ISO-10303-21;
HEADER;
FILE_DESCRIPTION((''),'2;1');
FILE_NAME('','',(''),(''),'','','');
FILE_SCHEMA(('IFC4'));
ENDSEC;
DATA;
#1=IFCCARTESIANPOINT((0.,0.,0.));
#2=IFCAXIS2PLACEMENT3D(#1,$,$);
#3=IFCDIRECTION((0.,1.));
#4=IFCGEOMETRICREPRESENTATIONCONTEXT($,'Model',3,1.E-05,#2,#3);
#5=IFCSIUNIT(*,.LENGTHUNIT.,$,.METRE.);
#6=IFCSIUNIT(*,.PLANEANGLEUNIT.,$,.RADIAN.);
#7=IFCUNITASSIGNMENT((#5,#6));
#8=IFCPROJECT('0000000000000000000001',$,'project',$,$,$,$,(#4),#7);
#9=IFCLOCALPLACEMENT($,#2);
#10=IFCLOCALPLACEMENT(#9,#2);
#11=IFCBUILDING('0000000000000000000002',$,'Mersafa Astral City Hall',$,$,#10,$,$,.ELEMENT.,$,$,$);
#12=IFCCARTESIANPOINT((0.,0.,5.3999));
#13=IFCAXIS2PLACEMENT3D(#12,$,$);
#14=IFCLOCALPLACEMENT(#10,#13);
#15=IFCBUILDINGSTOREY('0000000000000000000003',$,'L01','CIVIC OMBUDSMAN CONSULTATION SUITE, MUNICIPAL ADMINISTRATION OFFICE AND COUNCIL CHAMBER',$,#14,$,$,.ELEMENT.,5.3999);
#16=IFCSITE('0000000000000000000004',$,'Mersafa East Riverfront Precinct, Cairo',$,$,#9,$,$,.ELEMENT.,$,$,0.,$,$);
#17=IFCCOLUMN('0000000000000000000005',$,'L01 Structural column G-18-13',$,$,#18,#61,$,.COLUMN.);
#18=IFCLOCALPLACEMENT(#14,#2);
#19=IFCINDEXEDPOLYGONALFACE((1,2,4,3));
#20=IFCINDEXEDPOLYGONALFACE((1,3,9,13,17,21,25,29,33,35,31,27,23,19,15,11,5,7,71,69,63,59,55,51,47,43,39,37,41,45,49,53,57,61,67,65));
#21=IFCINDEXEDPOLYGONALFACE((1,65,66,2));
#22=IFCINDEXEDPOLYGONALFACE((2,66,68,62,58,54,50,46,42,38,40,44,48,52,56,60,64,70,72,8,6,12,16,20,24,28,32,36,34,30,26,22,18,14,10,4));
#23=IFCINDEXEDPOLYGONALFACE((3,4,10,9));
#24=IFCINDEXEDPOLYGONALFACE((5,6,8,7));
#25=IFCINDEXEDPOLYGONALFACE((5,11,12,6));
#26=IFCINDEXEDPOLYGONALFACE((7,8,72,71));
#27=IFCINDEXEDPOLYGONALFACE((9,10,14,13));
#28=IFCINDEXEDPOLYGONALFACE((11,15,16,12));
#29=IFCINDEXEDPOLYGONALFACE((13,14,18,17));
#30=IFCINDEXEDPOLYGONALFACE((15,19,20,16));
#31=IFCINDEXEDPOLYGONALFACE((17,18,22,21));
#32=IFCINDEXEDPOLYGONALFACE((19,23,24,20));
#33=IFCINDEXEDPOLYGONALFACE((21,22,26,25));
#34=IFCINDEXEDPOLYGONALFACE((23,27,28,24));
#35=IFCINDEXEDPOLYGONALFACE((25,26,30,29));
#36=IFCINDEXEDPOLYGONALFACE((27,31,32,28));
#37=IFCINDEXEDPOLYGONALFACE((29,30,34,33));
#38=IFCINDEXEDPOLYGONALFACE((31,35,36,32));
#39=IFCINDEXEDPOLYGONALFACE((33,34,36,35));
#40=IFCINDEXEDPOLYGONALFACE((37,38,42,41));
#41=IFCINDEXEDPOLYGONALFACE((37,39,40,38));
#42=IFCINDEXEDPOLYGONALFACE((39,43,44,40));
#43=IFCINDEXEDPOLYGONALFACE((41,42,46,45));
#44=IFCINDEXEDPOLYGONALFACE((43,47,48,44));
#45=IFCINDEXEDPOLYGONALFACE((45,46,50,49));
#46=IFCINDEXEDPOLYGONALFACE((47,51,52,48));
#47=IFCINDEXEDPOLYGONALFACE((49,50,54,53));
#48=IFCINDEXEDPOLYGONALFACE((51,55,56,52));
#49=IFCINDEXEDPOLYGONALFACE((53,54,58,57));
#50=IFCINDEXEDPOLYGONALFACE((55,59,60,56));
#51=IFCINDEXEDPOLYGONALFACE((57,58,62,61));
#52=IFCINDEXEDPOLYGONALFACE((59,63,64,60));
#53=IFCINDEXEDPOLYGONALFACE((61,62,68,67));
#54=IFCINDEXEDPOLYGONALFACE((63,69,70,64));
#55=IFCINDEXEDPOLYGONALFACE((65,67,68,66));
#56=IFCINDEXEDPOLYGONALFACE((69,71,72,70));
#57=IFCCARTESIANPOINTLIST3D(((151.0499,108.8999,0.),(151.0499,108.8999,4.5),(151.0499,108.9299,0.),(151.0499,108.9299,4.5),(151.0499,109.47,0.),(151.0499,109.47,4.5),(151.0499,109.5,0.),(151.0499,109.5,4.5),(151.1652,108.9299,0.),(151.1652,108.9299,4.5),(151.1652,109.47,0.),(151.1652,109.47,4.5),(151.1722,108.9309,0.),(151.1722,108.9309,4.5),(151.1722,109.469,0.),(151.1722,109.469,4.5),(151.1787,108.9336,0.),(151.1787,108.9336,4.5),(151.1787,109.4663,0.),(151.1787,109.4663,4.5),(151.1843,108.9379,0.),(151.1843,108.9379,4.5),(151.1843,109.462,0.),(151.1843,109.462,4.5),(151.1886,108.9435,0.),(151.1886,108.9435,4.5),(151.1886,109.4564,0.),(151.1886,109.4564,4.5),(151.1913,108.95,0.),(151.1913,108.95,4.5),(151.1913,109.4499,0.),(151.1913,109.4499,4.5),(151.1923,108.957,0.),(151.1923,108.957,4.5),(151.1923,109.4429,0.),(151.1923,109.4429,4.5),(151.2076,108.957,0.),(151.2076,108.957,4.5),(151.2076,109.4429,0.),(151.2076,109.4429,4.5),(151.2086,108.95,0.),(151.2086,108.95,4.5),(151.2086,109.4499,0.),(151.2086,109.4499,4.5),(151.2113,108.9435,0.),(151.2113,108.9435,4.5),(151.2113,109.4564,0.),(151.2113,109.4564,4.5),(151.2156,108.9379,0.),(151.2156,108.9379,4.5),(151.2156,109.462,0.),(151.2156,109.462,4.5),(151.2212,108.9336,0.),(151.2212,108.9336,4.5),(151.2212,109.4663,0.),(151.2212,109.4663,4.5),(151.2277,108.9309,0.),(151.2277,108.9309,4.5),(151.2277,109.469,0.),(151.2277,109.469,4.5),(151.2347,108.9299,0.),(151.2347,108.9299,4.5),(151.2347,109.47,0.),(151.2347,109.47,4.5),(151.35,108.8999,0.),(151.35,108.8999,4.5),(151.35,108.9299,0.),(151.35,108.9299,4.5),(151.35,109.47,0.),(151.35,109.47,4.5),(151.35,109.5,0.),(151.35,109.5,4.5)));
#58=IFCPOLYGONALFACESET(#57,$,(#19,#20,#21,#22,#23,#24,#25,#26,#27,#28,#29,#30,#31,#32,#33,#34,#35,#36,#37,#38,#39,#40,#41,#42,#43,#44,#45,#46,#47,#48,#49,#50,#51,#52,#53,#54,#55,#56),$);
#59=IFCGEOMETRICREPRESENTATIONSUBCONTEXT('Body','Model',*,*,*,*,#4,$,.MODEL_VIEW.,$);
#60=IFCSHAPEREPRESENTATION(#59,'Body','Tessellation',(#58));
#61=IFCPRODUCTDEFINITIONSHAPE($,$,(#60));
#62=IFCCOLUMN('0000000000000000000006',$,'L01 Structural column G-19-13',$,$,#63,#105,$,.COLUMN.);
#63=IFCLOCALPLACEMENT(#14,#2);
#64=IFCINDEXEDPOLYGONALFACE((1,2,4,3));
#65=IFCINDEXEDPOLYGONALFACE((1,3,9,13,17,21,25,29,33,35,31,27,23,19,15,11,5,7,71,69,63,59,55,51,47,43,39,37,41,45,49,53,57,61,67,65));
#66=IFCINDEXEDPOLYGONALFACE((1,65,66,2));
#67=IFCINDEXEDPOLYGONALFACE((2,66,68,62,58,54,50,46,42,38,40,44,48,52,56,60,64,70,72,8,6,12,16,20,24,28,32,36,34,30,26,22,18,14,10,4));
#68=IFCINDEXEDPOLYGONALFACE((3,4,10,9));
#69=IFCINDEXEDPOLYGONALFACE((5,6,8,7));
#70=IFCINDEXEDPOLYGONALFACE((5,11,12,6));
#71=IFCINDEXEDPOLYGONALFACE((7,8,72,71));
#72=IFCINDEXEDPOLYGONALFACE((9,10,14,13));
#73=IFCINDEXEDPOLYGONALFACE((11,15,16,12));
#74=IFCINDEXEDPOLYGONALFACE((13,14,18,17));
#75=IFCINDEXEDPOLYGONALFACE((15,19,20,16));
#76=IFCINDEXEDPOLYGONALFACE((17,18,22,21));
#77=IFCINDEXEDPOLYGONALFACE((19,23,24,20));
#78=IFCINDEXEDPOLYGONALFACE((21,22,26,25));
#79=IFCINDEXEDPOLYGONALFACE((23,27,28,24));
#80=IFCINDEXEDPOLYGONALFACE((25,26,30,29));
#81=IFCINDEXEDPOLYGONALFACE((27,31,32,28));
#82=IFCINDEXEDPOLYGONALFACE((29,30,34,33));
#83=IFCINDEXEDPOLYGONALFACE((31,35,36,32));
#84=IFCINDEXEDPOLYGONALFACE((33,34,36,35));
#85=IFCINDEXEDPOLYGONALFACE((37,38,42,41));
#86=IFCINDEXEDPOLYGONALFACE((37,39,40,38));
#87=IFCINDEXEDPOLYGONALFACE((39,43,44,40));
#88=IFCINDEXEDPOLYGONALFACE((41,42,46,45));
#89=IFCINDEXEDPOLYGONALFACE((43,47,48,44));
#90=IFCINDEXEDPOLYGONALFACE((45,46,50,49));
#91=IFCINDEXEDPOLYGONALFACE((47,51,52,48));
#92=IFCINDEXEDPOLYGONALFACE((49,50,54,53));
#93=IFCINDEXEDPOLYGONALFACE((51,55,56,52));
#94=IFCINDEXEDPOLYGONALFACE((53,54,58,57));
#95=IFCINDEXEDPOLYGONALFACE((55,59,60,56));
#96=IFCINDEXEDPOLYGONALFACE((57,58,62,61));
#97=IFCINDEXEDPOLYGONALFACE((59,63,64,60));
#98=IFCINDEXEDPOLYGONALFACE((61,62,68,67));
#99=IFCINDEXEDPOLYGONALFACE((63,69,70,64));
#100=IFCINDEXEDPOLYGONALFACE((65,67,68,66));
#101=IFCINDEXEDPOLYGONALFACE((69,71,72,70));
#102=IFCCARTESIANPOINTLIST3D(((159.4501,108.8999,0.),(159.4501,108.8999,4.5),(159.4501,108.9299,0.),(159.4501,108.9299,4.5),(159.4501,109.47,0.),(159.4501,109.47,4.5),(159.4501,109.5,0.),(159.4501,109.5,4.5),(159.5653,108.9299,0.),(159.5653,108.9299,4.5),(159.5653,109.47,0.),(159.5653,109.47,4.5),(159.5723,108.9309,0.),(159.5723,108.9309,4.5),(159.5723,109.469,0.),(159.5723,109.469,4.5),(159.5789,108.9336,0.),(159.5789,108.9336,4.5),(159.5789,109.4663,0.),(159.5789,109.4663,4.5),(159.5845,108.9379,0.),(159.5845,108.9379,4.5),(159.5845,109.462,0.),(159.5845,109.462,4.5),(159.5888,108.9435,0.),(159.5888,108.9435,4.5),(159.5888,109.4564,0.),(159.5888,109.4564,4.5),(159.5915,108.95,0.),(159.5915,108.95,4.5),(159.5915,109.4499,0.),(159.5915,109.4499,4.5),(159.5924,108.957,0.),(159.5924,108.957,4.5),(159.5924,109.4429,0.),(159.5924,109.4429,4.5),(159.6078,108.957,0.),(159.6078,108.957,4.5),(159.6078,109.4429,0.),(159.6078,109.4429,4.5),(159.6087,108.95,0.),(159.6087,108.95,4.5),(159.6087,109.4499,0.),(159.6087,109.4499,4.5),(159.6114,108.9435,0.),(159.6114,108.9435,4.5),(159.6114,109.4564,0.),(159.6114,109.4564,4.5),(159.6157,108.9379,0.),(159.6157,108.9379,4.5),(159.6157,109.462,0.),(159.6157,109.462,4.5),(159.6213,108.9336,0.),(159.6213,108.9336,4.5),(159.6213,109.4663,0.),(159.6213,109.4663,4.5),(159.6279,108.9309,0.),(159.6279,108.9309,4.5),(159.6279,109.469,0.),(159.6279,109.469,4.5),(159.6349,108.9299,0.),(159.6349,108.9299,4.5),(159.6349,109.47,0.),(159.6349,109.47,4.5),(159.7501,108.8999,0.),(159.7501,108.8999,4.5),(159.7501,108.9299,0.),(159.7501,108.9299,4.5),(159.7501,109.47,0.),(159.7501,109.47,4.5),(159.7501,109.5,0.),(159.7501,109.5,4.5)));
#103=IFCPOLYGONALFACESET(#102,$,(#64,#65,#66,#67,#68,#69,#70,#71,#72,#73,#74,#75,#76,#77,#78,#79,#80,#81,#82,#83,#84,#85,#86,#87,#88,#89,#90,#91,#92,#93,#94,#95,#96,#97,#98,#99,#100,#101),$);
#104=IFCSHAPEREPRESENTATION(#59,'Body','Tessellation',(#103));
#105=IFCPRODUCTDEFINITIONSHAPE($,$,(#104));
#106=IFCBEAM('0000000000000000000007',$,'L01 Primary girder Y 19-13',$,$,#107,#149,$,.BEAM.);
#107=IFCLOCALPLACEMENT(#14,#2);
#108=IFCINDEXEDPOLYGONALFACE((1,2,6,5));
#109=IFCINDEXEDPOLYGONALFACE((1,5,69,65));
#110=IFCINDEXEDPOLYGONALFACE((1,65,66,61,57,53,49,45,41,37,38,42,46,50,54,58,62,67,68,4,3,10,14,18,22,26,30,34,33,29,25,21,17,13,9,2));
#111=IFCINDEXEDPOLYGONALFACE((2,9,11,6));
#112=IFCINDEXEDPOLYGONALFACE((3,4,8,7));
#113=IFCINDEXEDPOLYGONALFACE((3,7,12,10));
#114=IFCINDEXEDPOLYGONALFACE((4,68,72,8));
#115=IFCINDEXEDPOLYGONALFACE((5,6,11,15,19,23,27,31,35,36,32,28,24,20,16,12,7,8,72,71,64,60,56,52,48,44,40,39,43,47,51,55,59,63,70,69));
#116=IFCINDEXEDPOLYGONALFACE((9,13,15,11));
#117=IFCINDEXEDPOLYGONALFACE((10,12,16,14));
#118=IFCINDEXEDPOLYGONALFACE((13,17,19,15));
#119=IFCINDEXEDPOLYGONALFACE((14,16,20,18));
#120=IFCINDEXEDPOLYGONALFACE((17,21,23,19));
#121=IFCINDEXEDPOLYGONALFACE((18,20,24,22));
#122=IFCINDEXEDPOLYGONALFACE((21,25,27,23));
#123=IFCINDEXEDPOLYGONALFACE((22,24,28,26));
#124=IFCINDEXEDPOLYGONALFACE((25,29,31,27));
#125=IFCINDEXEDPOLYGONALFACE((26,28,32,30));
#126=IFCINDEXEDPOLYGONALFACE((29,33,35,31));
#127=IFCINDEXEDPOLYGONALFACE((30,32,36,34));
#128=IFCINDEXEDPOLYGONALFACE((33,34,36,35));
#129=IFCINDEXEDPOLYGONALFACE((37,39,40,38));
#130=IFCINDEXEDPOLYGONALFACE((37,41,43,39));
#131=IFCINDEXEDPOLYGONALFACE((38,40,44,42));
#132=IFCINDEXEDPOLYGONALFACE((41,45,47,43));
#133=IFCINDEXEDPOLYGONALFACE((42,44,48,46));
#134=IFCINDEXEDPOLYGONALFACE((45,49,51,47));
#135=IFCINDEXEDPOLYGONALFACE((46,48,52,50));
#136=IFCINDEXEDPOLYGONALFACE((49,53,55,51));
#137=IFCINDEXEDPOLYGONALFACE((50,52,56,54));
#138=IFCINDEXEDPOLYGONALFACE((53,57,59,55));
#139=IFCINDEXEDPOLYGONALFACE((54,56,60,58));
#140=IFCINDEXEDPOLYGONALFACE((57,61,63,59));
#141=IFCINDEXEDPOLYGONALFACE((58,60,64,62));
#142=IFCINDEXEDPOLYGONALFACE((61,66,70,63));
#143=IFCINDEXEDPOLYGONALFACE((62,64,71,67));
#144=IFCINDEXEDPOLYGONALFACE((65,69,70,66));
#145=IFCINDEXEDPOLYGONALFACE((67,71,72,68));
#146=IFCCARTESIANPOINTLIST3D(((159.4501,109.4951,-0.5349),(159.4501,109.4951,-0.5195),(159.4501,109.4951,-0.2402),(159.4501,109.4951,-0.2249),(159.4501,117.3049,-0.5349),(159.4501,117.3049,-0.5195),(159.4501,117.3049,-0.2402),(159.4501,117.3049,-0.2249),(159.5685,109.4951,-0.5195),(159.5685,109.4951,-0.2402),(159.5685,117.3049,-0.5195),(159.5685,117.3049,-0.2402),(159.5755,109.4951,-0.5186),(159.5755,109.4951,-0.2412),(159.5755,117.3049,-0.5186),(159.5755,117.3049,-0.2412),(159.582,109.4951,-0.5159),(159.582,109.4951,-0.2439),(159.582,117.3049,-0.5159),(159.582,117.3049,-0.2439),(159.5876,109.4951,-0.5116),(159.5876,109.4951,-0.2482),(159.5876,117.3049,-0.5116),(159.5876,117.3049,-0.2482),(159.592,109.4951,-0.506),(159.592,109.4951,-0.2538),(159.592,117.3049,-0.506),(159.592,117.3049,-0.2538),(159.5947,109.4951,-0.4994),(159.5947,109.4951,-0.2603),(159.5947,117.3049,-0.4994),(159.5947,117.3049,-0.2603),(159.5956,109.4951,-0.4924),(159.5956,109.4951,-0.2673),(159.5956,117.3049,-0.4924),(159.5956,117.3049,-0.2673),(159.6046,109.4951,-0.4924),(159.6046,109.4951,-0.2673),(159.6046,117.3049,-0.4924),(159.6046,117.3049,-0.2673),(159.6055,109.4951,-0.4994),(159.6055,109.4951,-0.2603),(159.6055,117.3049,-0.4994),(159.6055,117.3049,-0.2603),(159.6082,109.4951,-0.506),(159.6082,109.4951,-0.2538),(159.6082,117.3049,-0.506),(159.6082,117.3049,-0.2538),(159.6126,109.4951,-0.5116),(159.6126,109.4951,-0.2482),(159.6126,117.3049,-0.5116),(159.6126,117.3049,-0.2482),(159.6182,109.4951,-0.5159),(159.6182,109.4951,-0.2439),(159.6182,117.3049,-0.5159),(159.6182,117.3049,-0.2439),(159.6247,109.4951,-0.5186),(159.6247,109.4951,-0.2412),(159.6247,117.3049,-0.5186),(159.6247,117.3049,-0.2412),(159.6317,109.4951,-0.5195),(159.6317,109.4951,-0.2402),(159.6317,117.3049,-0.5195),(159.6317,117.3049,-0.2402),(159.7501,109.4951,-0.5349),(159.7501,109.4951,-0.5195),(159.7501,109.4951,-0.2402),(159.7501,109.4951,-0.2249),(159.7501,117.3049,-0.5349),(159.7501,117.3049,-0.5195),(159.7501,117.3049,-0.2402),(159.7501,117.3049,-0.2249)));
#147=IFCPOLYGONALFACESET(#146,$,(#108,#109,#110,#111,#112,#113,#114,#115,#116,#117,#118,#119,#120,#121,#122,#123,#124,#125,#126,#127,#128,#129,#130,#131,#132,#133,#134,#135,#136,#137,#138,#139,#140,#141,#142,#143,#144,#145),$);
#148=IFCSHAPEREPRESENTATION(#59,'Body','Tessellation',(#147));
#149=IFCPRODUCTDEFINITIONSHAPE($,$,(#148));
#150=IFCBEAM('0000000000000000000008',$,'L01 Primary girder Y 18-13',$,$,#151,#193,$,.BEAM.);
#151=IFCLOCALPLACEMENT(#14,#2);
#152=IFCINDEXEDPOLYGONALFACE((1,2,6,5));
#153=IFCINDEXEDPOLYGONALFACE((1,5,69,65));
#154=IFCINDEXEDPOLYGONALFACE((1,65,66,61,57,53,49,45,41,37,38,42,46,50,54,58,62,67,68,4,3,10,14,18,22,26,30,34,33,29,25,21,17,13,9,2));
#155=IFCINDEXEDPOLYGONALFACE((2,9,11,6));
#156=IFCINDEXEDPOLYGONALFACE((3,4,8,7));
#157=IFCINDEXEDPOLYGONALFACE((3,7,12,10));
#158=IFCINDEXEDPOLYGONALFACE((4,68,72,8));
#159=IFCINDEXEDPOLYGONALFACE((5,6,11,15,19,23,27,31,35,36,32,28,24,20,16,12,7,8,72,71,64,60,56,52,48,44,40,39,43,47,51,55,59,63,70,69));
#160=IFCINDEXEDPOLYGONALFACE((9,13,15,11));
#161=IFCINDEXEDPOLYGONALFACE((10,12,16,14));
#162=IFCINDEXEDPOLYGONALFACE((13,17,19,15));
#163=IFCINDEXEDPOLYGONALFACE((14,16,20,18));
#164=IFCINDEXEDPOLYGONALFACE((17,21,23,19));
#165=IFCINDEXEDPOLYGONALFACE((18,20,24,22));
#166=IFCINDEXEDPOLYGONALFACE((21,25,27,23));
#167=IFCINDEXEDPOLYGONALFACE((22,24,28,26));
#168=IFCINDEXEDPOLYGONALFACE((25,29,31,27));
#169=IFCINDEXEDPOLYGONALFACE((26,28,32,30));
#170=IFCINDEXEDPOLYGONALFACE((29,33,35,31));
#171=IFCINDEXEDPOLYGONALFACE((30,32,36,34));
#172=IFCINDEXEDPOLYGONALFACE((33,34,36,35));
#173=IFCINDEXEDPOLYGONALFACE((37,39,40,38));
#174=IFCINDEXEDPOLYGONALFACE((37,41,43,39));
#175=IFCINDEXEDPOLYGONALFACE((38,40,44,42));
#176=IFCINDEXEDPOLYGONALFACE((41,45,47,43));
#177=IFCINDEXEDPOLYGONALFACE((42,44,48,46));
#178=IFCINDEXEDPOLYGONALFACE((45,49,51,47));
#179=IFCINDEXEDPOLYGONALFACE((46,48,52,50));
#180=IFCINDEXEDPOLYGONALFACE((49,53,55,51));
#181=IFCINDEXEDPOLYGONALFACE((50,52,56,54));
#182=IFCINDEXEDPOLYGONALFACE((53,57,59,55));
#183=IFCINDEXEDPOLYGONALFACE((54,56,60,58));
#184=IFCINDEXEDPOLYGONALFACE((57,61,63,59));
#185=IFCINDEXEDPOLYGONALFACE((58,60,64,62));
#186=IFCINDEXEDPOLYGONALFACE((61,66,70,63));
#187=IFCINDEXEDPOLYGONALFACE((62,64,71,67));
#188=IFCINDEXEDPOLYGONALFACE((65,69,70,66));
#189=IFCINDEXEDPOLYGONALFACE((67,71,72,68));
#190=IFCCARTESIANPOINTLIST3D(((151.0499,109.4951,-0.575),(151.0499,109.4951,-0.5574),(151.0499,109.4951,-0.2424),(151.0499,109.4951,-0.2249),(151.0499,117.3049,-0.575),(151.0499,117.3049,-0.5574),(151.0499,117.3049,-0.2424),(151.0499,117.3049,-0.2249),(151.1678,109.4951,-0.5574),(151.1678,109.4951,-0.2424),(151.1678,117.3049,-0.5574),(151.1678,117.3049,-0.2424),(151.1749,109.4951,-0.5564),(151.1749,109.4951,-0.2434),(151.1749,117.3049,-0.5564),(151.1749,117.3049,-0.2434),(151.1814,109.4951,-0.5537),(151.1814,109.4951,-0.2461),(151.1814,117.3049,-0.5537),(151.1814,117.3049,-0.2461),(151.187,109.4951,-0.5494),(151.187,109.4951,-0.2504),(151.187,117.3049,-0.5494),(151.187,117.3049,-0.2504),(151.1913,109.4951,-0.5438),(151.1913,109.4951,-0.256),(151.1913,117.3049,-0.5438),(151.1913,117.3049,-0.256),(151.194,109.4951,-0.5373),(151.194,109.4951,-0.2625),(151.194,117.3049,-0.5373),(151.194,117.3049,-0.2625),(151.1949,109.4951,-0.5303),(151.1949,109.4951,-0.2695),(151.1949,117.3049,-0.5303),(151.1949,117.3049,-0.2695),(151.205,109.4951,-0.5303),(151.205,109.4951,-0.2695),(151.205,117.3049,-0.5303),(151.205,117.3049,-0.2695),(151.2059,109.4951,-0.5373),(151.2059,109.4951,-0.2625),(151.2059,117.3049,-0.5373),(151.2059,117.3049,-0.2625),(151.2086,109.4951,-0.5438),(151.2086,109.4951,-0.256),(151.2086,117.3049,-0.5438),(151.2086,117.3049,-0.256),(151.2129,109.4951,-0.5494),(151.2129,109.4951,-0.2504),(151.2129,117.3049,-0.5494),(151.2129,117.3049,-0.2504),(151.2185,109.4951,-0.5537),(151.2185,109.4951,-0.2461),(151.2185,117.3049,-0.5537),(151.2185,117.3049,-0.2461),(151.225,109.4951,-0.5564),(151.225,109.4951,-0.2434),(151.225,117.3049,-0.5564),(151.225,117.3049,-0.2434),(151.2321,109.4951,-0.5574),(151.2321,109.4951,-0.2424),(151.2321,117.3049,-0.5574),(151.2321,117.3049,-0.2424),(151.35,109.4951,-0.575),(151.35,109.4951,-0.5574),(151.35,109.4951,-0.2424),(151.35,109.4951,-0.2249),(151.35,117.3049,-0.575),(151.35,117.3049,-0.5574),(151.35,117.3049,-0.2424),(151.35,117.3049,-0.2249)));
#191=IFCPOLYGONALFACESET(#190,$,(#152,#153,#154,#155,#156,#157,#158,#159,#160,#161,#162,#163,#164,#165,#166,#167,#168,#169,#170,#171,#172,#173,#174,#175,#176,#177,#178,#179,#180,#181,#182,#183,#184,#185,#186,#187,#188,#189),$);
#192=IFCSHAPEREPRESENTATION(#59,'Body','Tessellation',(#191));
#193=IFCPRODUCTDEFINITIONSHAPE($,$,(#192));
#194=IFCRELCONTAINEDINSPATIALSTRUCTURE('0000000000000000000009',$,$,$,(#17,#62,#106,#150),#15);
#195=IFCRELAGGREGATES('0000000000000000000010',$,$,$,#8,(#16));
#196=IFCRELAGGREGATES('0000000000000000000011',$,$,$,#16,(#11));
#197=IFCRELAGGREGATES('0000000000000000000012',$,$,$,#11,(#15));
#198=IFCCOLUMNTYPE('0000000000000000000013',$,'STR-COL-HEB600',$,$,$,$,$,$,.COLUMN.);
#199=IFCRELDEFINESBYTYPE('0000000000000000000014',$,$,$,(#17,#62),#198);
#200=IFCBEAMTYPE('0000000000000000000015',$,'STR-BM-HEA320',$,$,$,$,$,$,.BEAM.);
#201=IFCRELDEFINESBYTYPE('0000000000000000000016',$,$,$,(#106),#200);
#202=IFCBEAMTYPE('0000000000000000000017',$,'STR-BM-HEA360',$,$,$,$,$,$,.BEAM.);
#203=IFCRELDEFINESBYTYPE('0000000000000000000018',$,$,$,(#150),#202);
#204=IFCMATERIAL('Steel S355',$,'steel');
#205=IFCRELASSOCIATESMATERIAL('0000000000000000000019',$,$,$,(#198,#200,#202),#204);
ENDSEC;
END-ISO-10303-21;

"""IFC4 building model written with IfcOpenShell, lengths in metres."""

from ifc_helpers import new_model, si_unit, direction, frame, origin, origin_2d, place, context, subcontext, project, spatial, i_section, extrude, material, material_profile, profile_set, type_object, element, save


model = new_model("IFC4")

# Units and contexts
model_context = context("Model", 3, precision=1e-05, world=origin(), true_north=direction((0.0, 1.0)))
body_context = subcontext(model_context, "Body", "Model", "MODEL_VIEW")
ifc_project = project(units=[si_unit("LENGTHUNIT", "METRE"), si_unit("PLANEANGLEUNIT", "RADIAN")], contexts=[model_context])

# Site, building, storey
site_placement = place(None, origin())
site = spatial("IfcSite", under=ifc_project, at=site_placement, Name="Mersafa East Riverfront Precinct, Cairo", CompositionType="ELEMENT", RefElevation=0.0)
building_placement = place(site_placement, origin())
building = spatial("IfcBuilding", under=site, at=building_placement, Name="Mersafa Astral City Hall", CompositionType="ELEMENT")
storey_placement = place(building_placement, frame((0.0, 0.0, 5.3999)))
storey = spatial("IfcBuildingStorey", under=building, at=storey_placement, Name="L01", Description="CIVIC OMBUDSMAN CONSULTATION SUITE, MUNICIPAL ADMINISTRATION OFFICE AND COUNCIL CHAMBER", CompositionType="ELEMENT", Elevation=5.3999)

# Columns
ifc_material_1 = material(Name="Steel S355", Category="steel")
ifc_material_profile_1 = material_profile(ifc_material_1, i_section(OverallWidth=0.3, OverallDepth=0.6001, WebThickness=0.0154, FlangeThickness=0.03, FilletRadius=0.0271, at=origin_2d()), Name="HEB 600")
ifc_profile_set_1 = profile_set([ifc_material_profile_1], Name="Steel S355")
column_type = type_object("IfcColumnType", Name="STR-COL-HEB600", PredefinedType="COLUMN", material=ifc_profile_set_1)
for number, where, z_axis, x_axis, name in (
    (1, (151.2, 109.2, 0.0), (0.0, 0.0, 1.0), (1.0, 0.0, 0.0), "L01 Structural column G-18-13"),
    (2, (159.6001, 109.2, 0.0), (0.0, 0.0, 1.0), (1.0, 0.0, 0.0), "L01 Structural column G-19-13"),
):
    element("IfcColumn", number, at=place(storey_placement, frame(where, z_axis=z_axis, x_axis=x_axis)), inside=storey, type_object=column_type, Name=name, PredefinedType="COLUMN", context=body_context, shape_type="SweptSolid", body=[
        extrude(i_section(OverallWidth=0.3, OverallDepth=0.6001, WebThickness=0.0154, FlangeThickness=0.03, FilletRadius=0.0271, at=origin_2d()), origin(), (0.0, 0.0, 1.0), 4.5),
    ])

# Beams
ifc_material_profile_2 = material_profile(ifc_material_1, i_section(OverallWidth=0.3, OverallDepth=0.3101, WebThickness=0.009, FlangeThickness=0.0154, FilletRadius=0.0271, at=origin_2d()), Name="HEA 320")
ifc_profile_set_2 = profile_set([ifc_material_profile_2], Name="Steel S355")
beam_type_1 = type_object("IfcBeamType", Name="STR-BM-HEA320", PredefinedType="BEAM", material=ifc_profile_set_2)
beam_1_placement = place(storey_placement, frame((159.6001, 109.4951, -0.3799), z_axis=(0.0, 1.0, 0.0), x_axis=(-1.0, 0.0, 0.0)))
element("IfcBeam", 3, at=beam_1_placement, inside=storey, type_object=beam_type_1, Name="L01 Primary girder Y 19-13", PredefinedType="BEAM", context=body_context, shape_type="SweptSolid", body=[
    extrude(i_section(OverallWidth=0.3, OverallDepth=0.3101, WebThickness=0.009, FlangeThickness=0.0154, FilletRadius=0.0271, at=origin_2d()), origin(), (0.0, 0.0, 1.0), 7.8098),
])
ifc_material_profile_3 = material_profile(ifc_material_1, i_section(OverallWidth=0.3, OverallDepth=0.3501, WebThickness=0.01, FlangeThickness=0.0176, FilletRadius=0.0271, at=origin_2d()), Name="HEA 360")
ifc_profile_set_3 = profile_set([ifc_material_profile_3], Name="Steel S355")
beam_type_2 = type_object("IfcBeamType", Name="STR-BM-HEA360", PredefinedType="BEAM", material=ifc_profile_set_3)
beam_2_placement = place(storey_placement, frame((151.2, 109.4951, -0.3999), z_axis=(0.0, 1.0, 0.0), x_axis=(-1.0, 0.0, 0.0)))
element("IfcBeam", 4, at=beam_2_placement, inside=storey, type_object=beam_type_2, Name="L01 Primary girder Y 18-13", PredefinedType="BEAM", context=body_context, shape_type="SweptSolid", body=[
    extrude(i_section(OverallWidth=0.3, OverallDepth=0.3501, WebThickness=0.01, FlangeThickness=0.0176, FilletRadius=0.0271, at=origin_2d()), origin(), (0.0, 0.0, 1.0), 7.8098),
])

save(model, "model.ifc")
